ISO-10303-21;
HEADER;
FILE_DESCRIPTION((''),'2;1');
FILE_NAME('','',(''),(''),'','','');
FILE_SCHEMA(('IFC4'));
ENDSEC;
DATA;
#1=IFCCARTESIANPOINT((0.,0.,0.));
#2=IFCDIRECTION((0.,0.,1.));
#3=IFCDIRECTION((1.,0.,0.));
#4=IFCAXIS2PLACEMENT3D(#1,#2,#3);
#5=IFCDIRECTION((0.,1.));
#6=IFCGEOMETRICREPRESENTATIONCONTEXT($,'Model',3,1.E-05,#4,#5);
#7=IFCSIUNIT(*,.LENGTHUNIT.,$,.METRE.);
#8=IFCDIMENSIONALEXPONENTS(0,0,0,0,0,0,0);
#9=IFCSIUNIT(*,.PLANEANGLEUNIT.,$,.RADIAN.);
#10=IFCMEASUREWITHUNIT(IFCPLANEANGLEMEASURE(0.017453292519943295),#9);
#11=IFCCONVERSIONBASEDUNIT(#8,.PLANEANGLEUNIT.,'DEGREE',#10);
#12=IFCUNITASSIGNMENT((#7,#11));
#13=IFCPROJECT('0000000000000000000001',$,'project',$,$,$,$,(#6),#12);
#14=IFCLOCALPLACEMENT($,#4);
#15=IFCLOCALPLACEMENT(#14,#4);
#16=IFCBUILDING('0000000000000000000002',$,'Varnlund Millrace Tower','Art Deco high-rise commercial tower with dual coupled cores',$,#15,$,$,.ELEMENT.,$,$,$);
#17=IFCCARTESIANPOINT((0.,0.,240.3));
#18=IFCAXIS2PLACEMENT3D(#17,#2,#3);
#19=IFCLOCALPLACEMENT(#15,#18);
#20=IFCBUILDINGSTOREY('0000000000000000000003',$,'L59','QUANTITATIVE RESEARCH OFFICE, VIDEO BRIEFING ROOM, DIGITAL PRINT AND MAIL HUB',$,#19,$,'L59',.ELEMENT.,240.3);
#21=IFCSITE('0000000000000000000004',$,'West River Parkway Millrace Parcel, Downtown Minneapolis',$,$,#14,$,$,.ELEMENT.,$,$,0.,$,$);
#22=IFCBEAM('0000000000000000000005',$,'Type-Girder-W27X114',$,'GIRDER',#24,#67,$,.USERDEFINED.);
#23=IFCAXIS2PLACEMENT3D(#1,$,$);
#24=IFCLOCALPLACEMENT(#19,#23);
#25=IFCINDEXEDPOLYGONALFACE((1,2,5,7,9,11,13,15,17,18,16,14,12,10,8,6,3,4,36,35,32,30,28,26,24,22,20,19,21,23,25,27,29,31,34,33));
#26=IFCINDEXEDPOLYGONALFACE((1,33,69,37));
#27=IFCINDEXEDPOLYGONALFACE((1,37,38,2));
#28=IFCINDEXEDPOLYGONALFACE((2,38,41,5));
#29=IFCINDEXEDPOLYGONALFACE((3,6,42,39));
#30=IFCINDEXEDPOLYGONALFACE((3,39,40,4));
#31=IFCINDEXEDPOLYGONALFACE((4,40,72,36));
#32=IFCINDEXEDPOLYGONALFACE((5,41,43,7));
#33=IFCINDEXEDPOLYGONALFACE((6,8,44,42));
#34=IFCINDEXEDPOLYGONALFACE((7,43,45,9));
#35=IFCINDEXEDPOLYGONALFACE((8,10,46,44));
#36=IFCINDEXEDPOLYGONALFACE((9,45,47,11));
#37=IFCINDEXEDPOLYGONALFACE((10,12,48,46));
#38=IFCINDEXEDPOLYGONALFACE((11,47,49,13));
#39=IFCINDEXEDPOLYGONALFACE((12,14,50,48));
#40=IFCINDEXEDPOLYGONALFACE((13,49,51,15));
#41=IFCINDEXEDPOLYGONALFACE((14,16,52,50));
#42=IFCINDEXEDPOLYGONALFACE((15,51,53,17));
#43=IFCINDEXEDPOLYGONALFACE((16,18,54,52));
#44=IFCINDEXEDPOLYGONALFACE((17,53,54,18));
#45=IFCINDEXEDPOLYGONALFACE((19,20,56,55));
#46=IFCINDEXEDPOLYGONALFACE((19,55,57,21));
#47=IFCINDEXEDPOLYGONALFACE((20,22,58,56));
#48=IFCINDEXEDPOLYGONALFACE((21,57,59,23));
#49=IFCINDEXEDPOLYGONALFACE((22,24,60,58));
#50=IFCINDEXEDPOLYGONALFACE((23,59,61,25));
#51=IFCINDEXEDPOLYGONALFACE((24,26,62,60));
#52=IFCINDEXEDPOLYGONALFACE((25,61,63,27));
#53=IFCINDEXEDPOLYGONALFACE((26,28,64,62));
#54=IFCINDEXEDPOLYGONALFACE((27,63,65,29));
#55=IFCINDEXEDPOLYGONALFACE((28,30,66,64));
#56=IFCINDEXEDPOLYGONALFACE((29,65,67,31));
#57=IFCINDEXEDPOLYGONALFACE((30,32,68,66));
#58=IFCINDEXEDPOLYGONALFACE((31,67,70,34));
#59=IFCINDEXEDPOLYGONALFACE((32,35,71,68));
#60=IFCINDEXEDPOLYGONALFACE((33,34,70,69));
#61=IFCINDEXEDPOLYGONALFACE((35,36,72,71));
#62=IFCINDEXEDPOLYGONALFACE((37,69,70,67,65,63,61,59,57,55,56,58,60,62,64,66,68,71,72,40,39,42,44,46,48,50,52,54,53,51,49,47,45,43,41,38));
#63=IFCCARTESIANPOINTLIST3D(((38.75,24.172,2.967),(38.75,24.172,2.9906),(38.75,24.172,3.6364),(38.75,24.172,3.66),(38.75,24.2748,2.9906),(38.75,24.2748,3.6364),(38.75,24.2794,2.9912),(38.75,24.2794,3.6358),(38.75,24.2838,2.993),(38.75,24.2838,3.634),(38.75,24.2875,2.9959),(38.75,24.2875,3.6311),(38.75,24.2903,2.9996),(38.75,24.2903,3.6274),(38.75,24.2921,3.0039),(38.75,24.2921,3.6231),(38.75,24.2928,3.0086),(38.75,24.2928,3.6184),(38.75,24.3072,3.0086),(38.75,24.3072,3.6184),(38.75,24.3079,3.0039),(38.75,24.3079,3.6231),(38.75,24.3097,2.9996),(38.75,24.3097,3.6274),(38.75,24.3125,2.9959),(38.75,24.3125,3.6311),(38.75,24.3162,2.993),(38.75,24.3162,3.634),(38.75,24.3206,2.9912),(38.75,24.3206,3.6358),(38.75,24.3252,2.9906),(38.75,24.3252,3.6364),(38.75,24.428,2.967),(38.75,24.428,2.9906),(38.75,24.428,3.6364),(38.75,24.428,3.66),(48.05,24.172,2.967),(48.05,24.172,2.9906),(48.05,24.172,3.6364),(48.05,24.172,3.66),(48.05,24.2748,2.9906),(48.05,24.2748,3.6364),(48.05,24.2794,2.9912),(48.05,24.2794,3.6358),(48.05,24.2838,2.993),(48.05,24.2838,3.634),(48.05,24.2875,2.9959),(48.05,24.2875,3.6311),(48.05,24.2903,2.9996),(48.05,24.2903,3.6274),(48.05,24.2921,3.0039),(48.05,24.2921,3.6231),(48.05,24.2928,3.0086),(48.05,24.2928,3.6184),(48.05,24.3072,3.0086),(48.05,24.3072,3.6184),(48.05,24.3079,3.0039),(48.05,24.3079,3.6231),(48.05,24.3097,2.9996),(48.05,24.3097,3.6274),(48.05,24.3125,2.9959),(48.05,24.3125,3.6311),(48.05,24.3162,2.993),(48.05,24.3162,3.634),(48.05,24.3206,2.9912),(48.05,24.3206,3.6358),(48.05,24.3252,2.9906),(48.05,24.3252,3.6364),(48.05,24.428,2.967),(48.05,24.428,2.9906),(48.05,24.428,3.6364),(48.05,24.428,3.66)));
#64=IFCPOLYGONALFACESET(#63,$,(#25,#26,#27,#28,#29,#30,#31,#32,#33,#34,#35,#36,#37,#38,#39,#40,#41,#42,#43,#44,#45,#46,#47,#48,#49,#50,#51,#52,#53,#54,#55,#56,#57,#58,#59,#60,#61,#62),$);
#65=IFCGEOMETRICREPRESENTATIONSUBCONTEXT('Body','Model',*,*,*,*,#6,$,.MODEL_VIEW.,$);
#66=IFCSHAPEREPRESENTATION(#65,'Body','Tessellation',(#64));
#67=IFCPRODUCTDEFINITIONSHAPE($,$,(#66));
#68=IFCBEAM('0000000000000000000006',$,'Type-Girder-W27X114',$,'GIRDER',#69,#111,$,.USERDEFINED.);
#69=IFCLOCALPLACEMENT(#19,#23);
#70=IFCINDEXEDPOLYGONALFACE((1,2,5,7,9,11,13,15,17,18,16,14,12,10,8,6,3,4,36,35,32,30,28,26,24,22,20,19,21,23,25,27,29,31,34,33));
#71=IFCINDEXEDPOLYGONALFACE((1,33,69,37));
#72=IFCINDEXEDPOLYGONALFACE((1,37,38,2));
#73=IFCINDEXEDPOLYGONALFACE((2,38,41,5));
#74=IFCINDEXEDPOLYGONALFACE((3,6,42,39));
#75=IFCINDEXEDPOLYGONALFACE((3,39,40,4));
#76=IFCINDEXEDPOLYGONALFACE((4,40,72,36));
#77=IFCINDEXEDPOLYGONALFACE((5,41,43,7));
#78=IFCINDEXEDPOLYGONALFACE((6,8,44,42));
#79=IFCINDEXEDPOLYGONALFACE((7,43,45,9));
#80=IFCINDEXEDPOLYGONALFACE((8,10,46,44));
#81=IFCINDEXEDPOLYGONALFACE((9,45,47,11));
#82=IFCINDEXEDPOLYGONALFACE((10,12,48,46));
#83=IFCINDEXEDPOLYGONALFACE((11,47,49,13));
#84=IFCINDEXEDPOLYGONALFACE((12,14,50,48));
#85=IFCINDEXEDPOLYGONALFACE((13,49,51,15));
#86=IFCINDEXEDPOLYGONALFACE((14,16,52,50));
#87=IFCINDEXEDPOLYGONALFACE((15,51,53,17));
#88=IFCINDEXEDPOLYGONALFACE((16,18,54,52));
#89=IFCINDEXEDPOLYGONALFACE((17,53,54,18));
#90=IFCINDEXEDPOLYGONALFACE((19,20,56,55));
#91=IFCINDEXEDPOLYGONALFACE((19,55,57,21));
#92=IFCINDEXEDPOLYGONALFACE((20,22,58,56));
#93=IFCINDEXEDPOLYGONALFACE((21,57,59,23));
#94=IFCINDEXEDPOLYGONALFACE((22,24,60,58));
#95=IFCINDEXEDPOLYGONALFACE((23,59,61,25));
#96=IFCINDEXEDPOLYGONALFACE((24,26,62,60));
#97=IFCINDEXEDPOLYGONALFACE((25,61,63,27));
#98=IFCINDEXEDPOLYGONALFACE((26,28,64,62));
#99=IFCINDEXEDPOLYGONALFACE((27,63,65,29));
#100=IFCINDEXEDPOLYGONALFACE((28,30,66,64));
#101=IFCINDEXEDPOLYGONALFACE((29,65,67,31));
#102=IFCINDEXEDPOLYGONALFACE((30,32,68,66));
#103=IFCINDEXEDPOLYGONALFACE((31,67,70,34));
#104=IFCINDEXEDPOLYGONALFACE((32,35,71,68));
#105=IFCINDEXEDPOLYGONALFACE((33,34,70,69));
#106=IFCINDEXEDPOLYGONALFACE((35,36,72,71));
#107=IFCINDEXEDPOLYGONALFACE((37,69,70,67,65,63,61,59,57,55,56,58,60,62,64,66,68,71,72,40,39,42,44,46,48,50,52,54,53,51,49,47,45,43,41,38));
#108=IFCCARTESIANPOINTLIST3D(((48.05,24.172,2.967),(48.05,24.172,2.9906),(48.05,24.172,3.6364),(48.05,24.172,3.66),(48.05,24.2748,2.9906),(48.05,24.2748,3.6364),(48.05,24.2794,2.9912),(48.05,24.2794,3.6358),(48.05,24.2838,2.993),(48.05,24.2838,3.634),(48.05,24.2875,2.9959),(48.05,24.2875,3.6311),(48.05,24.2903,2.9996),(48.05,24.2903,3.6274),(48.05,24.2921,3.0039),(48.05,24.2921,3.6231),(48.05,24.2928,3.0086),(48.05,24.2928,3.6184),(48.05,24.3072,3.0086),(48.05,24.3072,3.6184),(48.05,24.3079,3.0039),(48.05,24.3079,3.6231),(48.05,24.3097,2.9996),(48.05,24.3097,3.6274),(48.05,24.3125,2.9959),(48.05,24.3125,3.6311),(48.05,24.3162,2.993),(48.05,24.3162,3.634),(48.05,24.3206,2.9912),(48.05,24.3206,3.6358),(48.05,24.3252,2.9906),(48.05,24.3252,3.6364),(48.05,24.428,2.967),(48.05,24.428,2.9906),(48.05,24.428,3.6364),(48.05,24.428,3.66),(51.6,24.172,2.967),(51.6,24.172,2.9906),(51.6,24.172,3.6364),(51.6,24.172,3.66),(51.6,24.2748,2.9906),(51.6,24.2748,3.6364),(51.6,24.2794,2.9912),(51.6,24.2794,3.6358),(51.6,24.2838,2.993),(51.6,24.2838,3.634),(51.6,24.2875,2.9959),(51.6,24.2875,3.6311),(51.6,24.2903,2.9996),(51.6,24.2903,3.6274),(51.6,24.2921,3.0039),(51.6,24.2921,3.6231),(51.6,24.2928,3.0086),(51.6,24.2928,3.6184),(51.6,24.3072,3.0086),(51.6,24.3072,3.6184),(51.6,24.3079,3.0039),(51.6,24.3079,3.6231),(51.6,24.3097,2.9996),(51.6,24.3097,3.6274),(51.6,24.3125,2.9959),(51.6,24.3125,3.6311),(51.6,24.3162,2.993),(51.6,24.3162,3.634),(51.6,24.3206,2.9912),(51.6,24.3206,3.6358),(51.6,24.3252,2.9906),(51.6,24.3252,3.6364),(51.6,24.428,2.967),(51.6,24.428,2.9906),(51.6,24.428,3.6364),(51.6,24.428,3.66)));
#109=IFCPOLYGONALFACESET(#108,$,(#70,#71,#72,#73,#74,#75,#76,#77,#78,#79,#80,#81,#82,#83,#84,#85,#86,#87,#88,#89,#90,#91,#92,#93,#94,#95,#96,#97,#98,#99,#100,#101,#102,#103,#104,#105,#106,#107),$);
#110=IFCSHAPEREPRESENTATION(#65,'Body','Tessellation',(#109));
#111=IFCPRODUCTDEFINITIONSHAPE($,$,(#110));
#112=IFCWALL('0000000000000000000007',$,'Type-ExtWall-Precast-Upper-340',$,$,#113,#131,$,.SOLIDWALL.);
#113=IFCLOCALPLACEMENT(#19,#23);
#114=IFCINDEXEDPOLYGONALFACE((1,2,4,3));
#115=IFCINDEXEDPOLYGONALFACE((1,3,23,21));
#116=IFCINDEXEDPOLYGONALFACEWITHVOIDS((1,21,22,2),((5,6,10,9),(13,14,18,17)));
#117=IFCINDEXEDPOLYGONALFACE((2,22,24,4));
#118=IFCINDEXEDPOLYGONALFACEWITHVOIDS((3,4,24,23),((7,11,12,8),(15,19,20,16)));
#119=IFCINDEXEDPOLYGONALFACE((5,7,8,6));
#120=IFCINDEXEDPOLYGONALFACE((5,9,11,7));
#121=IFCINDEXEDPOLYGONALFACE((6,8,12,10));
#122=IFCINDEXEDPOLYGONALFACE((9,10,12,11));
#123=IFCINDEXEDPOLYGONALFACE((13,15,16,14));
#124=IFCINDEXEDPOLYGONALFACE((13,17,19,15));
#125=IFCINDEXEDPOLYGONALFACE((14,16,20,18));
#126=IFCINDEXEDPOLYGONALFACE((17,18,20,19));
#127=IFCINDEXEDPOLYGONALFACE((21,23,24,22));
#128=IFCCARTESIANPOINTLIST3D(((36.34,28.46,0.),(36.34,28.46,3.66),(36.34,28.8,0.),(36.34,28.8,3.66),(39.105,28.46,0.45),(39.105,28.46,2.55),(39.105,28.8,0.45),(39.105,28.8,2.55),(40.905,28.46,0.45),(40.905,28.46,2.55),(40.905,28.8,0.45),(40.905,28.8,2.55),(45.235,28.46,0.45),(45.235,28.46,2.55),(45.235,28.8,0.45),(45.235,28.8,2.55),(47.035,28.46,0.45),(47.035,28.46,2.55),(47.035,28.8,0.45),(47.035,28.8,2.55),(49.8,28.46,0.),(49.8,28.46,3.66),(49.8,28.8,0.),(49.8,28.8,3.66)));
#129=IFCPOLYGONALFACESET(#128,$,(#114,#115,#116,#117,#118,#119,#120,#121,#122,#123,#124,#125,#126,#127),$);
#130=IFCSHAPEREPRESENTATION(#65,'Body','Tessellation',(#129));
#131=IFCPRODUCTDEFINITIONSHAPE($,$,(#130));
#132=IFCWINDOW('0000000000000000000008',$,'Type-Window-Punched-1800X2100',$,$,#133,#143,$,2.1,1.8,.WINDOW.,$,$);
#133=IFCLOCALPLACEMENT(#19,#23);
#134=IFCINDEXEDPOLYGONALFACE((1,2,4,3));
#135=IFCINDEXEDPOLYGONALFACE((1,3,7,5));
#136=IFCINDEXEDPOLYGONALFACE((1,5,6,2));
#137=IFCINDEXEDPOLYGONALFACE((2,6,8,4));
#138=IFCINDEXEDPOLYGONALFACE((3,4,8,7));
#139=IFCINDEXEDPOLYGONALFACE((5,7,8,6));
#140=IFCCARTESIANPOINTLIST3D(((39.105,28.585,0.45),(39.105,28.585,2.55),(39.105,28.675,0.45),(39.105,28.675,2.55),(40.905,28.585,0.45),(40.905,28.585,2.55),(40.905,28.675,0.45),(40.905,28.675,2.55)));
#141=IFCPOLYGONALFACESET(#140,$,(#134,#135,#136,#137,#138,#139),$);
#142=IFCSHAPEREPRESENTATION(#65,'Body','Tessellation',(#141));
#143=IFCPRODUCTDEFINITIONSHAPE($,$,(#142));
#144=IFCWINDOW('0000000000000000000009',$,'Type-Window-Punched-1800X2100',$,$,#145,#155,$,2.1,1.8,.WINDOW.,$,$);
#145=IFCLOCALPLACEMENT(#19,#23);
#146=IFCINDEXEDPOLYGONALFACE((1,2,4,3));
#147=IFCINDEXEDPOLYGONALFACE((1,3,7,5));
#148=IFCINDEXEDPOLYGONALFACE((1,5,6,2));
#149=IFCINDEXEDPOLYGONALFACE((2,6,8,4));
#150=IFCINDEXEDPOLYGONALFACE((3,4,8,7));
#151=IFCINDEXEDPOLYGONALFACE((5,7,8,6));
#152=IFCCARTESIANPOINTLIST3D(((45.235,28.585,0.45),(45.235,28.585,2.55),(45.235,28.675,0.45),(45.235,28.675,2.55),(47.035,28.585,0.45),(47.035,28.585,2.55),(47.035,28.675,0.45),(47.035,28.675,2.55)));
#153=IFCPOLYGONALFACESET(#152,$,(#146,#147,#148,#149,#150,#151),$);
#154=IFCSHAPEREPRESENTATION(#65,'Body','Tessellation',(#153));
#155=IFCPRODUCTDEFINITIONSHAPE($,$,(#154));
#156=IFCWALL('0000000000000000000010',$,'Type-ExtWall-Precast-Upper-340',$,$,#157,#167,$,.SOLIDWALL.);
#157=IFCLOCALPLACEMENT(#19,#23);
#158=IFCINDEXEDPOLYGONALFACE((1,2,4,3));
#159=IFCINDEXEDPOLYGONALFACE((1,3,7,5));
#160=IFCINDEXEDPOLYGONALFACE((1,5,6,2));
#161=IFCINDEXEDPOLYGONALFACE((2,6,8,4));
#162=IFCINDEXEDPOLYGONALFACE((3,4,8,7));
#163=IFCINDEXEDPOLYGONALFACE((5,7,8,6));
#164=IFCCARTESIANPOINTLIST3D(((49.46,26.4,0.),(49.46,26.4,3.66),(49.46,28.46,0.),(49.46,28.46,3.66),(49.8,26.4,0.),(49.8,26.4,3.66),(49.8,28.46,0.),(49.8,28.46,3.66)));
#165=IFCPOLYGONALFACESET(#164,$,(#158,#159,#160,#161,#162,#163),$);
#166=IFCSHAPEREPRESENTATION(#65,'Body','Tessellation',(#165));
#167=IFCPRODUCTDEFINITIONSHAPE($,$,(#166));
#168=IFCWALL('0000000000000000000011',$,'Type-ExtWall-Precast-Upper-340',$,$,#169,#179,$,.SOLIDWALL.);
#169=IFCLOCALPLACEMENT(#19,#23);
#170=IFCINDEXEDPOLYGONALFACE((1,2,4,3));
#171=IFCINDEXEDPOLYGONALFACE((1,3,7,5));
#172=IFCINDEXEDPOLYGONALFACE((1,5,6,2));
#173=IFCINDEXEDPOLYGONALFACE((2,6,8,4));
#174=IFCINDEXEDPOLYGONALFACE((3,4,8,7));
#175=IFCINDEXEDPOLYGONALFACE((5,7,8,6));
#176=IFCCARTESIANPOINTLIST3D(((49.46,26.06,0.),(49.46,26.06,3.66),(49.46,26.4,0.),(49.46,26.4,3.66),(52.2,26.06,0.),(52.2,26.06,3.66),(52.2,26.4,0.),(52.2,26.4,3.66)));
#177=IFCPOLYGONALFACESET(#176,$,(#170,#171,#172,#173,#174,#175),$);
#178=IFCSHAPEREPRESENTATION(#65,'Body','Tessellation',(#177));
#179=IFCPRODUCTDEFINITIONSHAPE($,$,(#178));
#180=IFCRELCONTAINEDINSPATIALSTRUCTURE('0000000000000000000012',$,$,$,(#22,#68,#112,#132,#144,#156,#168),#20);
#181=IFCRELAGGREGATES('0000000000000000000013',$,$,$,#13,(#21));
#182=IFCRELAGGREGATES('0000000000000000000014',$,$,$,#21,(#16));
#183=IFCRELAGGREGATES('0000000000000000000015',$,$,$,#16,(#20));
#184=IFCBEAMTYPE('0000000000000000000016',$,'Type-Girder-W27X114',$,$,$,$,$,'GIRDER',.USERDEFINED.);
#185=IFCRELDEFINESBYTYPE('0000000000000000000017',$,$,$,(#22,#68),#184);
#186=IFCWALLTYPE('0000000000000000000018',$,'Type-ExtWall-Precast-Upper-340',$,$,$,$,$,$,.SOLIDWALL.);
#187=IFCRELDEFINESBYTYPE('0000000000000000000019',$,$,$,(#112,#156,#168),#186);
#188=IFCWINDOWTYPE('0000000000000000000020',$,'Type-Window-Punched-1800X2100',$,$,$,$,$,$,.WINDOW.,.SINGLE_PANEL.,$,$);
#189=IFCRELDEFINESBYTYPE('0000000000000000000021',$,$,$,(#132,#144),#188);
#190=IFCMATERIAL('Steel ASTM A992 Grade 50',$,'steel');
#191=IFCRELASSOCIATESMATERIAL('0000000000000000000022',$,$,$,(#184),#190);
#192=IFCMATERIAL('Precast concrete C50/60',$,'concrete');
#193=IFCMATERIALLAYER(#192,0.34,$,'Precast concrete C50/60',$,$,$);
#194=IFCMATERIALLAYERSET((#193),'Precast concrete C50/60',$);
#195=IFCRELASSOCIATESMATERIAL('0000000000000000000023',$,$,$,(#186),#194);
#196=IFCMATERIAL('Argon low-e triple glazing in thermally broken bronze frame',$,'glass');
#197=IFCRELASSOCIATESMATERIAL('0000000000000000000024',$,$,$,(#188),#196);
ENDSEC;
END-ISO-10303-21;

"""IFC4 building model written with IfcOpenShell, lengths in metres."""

from ifc_helpers import new_model, entity, si_unit, converted_unit, direction, frame, origin_with_axes, origin_2d_with_axis, place, context, subcontext, project, spatial, polyline, rectangle, i_section, outline, extrude, material, layer, layer_set, material_profile, profile_set, type_object, element, fill, save


model = new_model("IFC4")

# Units and contexts
model_context = context("Model", 3, precision=1e-05, world=origin_with_axes(), true_north=direction((0.0, 1.0)))
body_context = subcontext(model_context, "Body", "Model", "MODEL_VIEW")
ifc_project = project(units=[si_unit("LENGTHUNIT", "METRE"), converted_unit("PLANEANGLEUNIT", "DEGREE", entity("IfcPlaneAngleMeasure", 0.017453292519943295), si_unit("PLANEANGLEUNIT", "RADIAN"), dimensions=[0, 0, 0, 0, 0, 0, 0])], contexts=[model_context])

# Site, building, storey
site_placement = place(None, origin_with_axes())
site = spatial("IfcSite", under=ifc_project, at=site_placement, Name="West River Parkway Millrace Parcel, Downtown Minneapolis", CompositionType="ELEMENT", RefElevation=0.0)
building_placement = place(site_placement, origin_with_axes())
building = spatial("IfcBuilding", under=site, at=building_placement, Name="Varnlund Millrace Tower", Description="Art Deco high-rise commercial tower with dual coupled cores", CompositionType="ELEMENT")
storey_placement = place(building_placement, frame((0.0, 0.0, 240.3), z_axis=(0.0, 0.0, 1.0), x_axis=(1.0, 0.0, 0.0)))
storey = spatial("IfcBuildingStorey", under=building, at=storey_placement, Name="L59", Description="QUANTITATIVE RESEARCH OFFICE, VIDEO BRIEFING ROOM, DIGITAL PRINT AND MAIL HUB", LongName="L59", CompositionType="ELEMENT", Elevation=240.3)

# Beams
ifc_material_1 = material(Name="Steel ASTM A992 Grade 50", Category="steel")
ifc_material_profile = material_profile(ifc_material_1, i_section(OverallWidth=0.256, OverallDepth=0.693, WebThickness=0.0145, FlangeThickness=0.0236, FilletRadius=0.018, at=origin_2d_with_axis()), Name="Steel ASTM A992 Grade 50")
ifc_profile_set = profile_set([ifc_material_profile], Name="Steel ASTM A992 Grade 50")
beam_type = type_object("IfcBeamType", Name="Type-Girder-W27X114", ElementType="GIRDER", PredefinedType="USERDEFINED", material=ifc_profile_set)
beam_1_placement = place(storey_placement, frame((38.75, 24.3, 3.3135), z_axis=(1.0, 0.0, 0.0), x_axis=(0.0, 1.0, 0.0)))
element("IfcBeam", 1, at=beam_1_placement, inside=storey, type_object=beam_type, Name="Type-Girder-W27X114", ObjectType="GIRDER", PredefinedType="USERDEFINED", context=body_context, shape_type="SweptSolid", body=[
    extrude(i_section(OverallWidth=0.256, OverallDepth=0.693, WebThickness=0.0145, FlangeThickness=0.0236, FilletRadius=0.018, at=origin_2d_with_axis()), origin_with_axes(), (0.0, 0.0, 1.0), 9.3),
])
beam_2_placement = place(storey_placement, frame((48.05, 24.3, 3.3135), z_axis=(1.0, 0.0, 0.0), x_axis=(0.0, 1.0, 0.0)))
element("IfcBeam", 2, at=beam_2_placement, inside=storey, type_object=beam_type, Name="Type-Girder-W27X114", ObjectType="GIRDER", PredefinedType="USERDEFINED", context=body_context, shape_type="SweptSolid", body=[
    extrude(i_section(OverallWidth=0.256, OverallDepth=0.693, WebThickness=0.0145, FlangeThickness=0.0236, FilletRadius=0.018, at=origin_2d_with_axis()), origin_with_axes(), (0.0, 0.0, 1.0), 3.55),
])

# Wall, openings, windows
ifc_material_2 = material(Name="Precast concrete C50/60", Category="concrete")
ifc_layer_1 = layer(ifc_material_2, 0.34, Name="Precast concrete C50/60")
ifc_layer_set_1 = layer_set([ifc_layer_1], Name="Precast concrete C50/60")
wall_type_1 = type_object("IfcWallType", Name="Type-ExtWall-Precast-Upper-340", PredefinedType="SOLIDWALL", material=ifc_layer_set_1)
wall_1_placement = place(storey_placement, frame((36.34, 28.63, 0.0), z_axis=(0.0, 0.0, 1.0), x_axis=(1.0, 0.0, 0.0)))
wall_1 = element("IfcWall", 3, at=wall_1_placement, inside=storey, type_object=wall_type_1, Name="Type-ExtWall-Precast-Upper-340", PredefinedType="SOLIDWALL", context=body_context, shape_type="SweptSolid", body=[
    extrude(outline(polyline([(0.0, -0.17), (13.46, -0.17), (13.46, 0.17), (0.0, 0.17), (0.0, -0.17)])), origin_with_axes(), (0.0, 0.0, 1.0), 3.66),
])
opening_1_placement = place(wall_1_placement, frame((3.665, 0.0, 0.45), z_axis=(0.0, 0.0, 1.0), x_axis=(1.0, 0.0, 0.0)))
opening_1 = element("IfcOpeningElement", 4, at=opening_1_placement, cuts=wall_1, PredefinedType="OPENING", context=body_context, shape_type="SweptSolid", body=[
    extrude(rectangle(XDim=1.8, YDim=0.36, at=origin_2d_with_axis()), origin_with_axes(), (0.0, 0.0, 1.0), 2.1),
])
opening_2_placement = place(wall_1_placement, frame((9.795, 0.0, 0.45), z_axis=(0.0, 0.0, 1.0), x_axis=(1.0, 0.0, 0.0)))
opening_2 = element("IfcOpeningElement", 5, at=opening_2_placement, cuts=wall_1, PredefinedType="OPENING", context=body_context, shape_type="SweptSolid", body=[
    extrude(rectangle(XDim=1.8, YDim=0.36, at=origin_2d_with_axis()), origin_with_axes(), (0.0, 0.0, 1.0), 2.1),
])
ifc_material_3 = material(Name="Argon low-e triple glazing in thermally broken bronze frame", Category="glass")
window_type = type_object("IfcWindowType", Name="Type-Window-Punched-1800X2100", PartitioningType="SINGLE_PANEL", PredefinedType="WINDOW", material=ifc_material_3)
window_1_placement = place(wall_1_placement, frame((3.665, 0.0, 0.45), z_axis=(0.0, 0.0, 1.0), x_axis=(1.0, 0.0, 0.0)))
window_1 = element("IfcWindow", 6, at=window_1_placement, inside=storey, type_object=window_type, Name="Type-Window-Punched-1800X2100", OverallHeight=2.1, OverallWidth=1.8, PredefinedType="WINDOW", context=body_context, shape_type="SweptSolid", body=[
    extrude(rectangle(XDim=1.8, YDim=0.09, at=origin_2d_with_axis()), origin_with_axes(), (0.0, 0.0, 1.0), 2.1),
])
fill(opening_1, window_1)
window_2_placement = place(wall_1_placement, frame((9.795, 0.0, 0.45), z_axis=(0.0, 0.0, 1.0), x_axis=(1.0, 0.0, 0.0)))
window_2 = element("IfcWindow", 7, at=window_2_placement, inside=storey, type_object=window_type, Name="Type-Window-Punched-1800X2100", OverallHeight=2.1, OverallWidth=1.8, PredefinedType="WINDOW", context=body_context, shape_type="SweptSolid", body=[
    extrude(rectangle(XDim=1.8, YDim=0.09, at=origin_2d_with_axis()), origin_with_axes(), (0.0, 0.0, 1.0), 2.1),
])
fill(opening_2, window_2)

# Walls
wall_2_placement = place(storey_placement, frame((49.63, 28.46, 0.0), z_axis=(0.0, 0.0, 1.0), x_axis=(0.0, -1.0, 0.0)))
element("IfcWall", 8, at=wall_2_placement, inside=storey, type_object=wall_type_1, Name="Type-ExtWall-Precast-Upper-340", PredefinedType="SOLIDWALL", context=body_context, shape_type="SweptSolid", body=[
    extrude(outline(polyline([(0.0, -0.17), (2.06, -0.17), (2.06, 0.17), (0.0, 0.17), (0.0, -0.17)])), origin_with_axes(), (0.0, 0.0, 1.0), 3.66),
])
wall_3_placement = place(storey_placement, frame((49.46, 26.23, 0.0), z_axis=(0.0, 0.0, 1.0), x_axis=(1.0, 0.0, 0.0)))
element("IfcWall", 9, at=wall_3_placement, inside=storey, type_object=wall_type_1, Name="Type-ExtWall-Precast-Upper-340", PredefinedType="SOLIDWALL", context=body_context, shape_type="SweptSolid", body=[
    extrude(outline(polyline([(0.0, -0.17), (2.74, -0.17), (2.74, 0.17), (0.0, 0.17), (0.0, -0.17)])), origin_with_axes(), (0.0, 0.0, 1.0), 3.66),
])

save(model, "model.ifc")
